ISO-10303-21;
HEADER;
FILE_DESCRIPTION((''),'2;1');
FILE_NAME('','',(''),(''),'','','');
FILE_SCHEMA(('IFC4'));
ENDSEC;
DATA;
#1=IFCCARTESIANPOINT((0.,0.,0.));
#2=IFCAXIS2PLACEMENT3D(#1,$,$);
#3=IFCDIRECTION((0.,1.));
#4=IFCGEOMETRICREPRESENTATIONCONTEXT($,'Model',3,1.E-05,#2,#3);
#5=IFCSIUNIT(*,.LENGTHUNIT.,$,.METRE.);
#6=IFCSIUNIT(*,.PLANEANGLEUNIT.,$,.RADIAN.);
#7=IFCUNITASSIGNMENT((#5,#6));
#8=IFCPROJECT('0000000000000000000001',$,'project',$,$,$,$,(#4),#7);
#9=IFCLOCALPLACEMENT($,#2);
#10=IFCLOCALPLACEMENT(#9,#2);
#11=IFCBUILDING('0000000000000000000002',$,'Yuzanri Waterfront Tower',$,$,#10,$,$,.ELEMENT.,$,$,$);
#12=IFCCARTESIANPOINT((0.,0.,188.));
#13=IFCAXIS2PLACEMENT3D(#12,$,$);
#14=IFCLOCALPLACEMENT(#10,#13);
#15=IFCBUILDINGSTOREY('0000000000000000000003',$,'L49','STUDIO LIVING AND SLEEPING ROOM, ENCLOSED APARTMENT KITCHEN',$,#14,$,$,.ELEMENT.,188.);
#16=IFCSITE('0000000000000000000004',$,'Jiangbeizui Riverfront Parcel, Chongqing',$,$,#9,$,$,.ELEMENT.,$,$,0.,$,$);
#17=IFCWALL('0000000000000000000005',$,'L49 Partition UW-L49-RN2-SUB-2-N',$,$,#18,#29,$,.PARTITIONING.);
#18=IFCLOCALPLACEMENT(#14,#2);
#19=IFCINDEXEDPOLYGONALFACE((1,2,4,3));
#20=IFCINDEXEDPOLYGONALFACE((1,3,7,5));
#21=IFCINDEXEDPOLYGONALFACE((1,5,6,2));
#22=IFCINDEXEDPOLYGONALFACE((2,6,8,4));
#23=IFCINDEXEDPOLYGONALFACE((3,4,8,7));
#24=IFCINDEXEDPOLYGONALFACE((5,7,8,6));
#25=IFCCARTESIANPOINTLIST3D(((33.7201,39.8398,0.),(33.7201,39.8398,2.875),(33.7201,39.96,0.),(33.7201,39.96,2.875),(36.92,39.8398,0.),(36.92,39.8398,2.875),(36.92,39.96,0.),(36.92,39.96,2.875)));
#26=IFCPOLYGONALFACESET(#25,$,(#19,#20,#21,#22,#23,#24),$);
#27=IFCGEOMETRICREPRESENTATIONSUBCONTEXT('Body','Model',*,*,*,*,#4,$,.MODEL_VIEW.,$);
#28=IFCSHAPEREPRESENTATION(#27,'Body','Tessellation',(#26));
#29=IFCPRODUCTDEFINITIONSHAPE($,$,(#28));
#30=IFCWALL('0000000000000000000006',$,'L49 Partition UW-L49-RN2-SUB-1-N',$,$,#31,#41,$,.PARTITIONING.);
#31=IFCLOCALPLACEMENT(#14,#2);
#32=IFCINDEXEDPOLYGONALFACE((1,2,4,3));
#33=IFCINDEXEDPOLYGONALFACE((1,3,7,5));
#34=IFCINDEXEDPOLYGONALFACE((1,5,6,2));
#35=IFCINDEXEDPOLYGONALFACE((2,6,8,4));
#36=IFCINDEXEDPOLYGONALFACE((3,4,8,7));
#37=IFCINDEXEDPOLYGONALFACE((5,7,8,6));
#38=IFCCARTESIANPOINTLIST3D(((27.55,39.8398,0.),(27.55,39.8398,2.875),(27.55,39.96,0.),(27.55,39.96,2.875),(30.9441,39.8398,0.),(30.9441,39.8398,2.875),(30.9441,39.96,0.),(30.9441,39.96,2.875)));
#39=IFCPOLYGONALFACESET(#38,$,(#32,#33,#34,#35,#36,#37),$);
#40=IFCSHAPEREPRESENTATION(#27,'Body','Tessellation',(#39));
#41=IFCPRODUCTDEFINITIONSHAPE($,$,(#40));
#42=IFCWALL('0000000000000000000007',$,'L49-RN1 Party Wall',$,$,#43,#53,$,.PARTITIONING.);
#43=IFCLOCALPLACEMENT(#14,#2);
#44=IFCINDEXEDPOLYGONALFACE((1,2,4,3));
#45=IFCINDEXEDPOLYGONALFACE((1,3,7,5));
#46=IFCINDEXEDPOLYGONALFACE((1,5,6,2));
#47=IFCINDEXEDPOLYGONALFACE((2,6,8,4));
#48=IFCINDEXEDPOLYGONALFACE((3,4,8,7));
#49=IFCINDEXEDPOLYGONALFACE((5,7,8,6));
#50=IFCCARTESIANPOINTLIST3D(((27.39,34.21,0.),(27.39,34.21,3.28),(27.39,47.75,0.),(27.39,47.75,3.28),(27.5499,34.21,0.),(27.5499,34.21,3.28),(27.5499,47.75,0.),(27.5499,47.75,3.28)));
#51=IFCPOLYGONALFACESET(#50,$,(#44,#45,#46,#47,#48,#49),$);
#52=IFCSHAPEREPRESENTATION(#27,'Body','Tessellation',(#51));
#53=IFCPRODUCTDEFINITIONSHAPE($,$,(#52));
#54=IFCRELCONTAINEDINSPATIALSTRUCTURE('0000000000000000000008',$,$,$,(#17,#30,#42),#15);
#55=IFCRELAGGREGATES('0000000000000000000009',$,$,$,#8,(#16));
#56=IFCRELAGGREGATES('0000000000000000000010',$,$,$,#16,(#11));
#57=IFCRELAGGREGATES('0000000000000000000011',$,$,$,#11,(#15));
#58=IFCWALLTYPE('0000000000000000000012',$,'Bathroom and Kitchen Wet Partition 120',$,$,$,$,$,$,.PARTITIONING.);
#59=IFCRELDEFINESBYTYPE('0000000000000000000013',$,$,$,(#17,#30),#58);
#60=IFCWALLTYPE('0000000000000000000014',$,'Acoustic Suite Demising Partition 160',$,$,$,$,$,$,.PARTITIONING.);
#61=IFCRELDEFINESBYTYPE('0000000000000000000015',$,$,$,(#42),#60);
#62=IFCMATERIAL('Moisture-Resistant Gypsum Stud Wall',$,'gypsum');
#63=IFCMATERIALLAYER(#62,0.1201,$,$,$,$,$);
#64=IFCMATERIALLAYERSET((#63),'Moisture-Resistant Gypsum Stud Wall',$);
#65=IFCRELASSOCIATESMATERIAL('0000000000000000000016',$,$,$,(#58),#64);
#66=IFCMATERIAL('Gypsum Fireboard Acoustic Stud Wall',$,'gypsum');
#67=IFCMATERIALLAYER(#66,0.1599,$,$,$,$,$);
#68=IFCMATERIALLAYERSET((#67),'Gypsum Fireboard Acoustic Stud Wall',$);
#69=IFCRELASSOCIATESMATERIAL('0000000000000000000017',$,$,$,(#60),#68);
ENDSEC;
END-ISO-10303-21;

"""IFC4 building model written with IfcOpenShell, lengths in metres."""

from ifc_helpers import new_model, si_unit, direction, frame, frame_2d, origin, place, context, subcontext, project, spatial, rectangle, extrude, source, transform, mapped, material, layer, layer_set, type_object, element, save


model = new_model("IFC4")

# Units and contexts
model_context = context("Model", 3, precision=1e-05, world=origin(), true_north=direction((0.0, 1.0)))
body_context = subcontext(model_context, "Body", "Model", "MODEL_VIEW")
ifc_project = project(units=[si_unit("LENGTHUNIT", "METRE"), si_unit("PLANEANGLEUNIT", "RADIAN")], contexts=[model_context])

# Site, building, storey
site_placement = place(None, origin())
site = spatial("IfcSite", under=ifc_project, at=site_placement, Name="Jiangbeizui Riverfront Parcel, Chongqing", CompositionType="ELEMENT", RefElevation=0.0)
building_placement = place(site_placement, origin())
building = spatial("IfcBuilding", under=site, at=building_placement, Name="Yuzanri Waterfront Tower", CompositionType="ELEMENT")
storey_placement = place(building_placement, frame((0.0, 0.0, 188.0)))
storey = spatial("IfcBuildingStorey", under=building, at=storey_placement, Name="L49", Description="STUDIO LIVING AND SLEEPING ROOM, ENCLOSED APARTMENT KITCHEN", CompositionType="ELEMENT", Elevation=188.0)

# Shared definitions
ifc_material_1 = material(Name="Moisture-Resistant Gypsum Stud Wall", Category="gypsum")
ifc_layer_1 = layer(ifc_material_1, 0.1201)
ifc_layer_set_1 = layer_set([ifc_layer_1], Name="Moisture-Resistant Gypsum Stud Wall")
wall_type_1 = type_object("IfcWallType", Name="Bathroom and Kitchen Wet Partition 120", PredefinedType="PARTITIONING", material=ifc_layer_set_1)

# Walls
shared_shape_1 = source(origin(), body_context, "Body", "SweptSolid", [
    extrude(rectangle(XDim=3.2, YDim=0.1201, at=frame_2d((1.6001, 0.0))), origin(), (0.0, 0.0, 1.0), 2.875),
])
for number, where, z_axis, x_axis, name in (
    (1, (33.72, 39.8999, 0.0), (0.0, 0.0, 1.0), (1.0, 0.0, 0.0), "L49 Partition UW-L49-RN2-SUB-2-N"),
):
    element("IfcWall", number, at=place(storey_placement, frame(where, z_axis=z_axis, x_axis=x_axis)), inside=storey, type_object=wall_type_1, Name=name, PredefinedType="PARTITIONING", context=body_context, shape_type="MappedRepresentation", body=[
        mapped(shared_shape_1, transform((0.0, 0.0, 0.0), scale=1.0)),
    ])
shared_shape_2 = source(origin(), body_context, "Body", "SweptSolid", [
    extrude(rectangle(XDim=3.394, YDim=0.1201, at=frame_2d((1.697, 0.0))), origin(), (0.0, 0.0, 1.0), 2.875),
])
wall_1_placement = place(storey_placement, frame((27.55, 39.8999, 0.0), z_axis=(0.0, 0.0, 1.0), x_axis=(1.0, 0.0, 0.0)))
element("IfcWall", 2, at=wall_1_placement, inside=storey, type_object=wall_type_1, Name="L49 Partition UW-L49-RN2-SUB-1-N", PredefinedType="PARTITIONING", context=body_context, shape_type="MappedRepresentation", body=[
    mapped(shared_shape_2, transform((0.0, 0.0, 0.0), scale=1.0)),
])
ifc_material_2 = material(Name="Gypsum Fireboard Acoustic Stud Wall", Category="gypsum")
ifc_layer_2 = layer(ifc_material_2, 0.1599)
ifc_layer_set_2 = layer_set([ifc_layer_2], Name="Gypsum Fireboard Acoustic Stud Wall")
wall_type_2 = type_object("IfcWallType", Name="Acoustic Suite Demising Partition 160", PredefinedType="PARTITIONING", material=ifc_layer_set_2)
shared_shape_3 = source(origin(), body_context, "Body", "SweptSolid", [
    extrude(rectangle(XDim=13.54, YDim=0.1599, at=frame_2d((6.77, 0.0))), origin(), (0.0, 0.0, 1.0), 3.28),
])
wall_2_placement = place(storey_placement, frame((27.47, 34.21, 0.0), z_axis=(0.0, 0.0, 1.0), x_axis=(0.0, 1.0, 0.0)))
element("IfcWall", 3, at=wall_2_placement, inside=storey, type_object=wall_type_2, Name="L49-RN1 Party Wall", PredefinedType="PARTITIONING", context=body_context, shape_type="MappedRepresentation", body=[
    mapped(shared_shape_3, transform((0.0, 0.0, 0.0), scale=1.0)),
])

save(model, "model.ifc")
